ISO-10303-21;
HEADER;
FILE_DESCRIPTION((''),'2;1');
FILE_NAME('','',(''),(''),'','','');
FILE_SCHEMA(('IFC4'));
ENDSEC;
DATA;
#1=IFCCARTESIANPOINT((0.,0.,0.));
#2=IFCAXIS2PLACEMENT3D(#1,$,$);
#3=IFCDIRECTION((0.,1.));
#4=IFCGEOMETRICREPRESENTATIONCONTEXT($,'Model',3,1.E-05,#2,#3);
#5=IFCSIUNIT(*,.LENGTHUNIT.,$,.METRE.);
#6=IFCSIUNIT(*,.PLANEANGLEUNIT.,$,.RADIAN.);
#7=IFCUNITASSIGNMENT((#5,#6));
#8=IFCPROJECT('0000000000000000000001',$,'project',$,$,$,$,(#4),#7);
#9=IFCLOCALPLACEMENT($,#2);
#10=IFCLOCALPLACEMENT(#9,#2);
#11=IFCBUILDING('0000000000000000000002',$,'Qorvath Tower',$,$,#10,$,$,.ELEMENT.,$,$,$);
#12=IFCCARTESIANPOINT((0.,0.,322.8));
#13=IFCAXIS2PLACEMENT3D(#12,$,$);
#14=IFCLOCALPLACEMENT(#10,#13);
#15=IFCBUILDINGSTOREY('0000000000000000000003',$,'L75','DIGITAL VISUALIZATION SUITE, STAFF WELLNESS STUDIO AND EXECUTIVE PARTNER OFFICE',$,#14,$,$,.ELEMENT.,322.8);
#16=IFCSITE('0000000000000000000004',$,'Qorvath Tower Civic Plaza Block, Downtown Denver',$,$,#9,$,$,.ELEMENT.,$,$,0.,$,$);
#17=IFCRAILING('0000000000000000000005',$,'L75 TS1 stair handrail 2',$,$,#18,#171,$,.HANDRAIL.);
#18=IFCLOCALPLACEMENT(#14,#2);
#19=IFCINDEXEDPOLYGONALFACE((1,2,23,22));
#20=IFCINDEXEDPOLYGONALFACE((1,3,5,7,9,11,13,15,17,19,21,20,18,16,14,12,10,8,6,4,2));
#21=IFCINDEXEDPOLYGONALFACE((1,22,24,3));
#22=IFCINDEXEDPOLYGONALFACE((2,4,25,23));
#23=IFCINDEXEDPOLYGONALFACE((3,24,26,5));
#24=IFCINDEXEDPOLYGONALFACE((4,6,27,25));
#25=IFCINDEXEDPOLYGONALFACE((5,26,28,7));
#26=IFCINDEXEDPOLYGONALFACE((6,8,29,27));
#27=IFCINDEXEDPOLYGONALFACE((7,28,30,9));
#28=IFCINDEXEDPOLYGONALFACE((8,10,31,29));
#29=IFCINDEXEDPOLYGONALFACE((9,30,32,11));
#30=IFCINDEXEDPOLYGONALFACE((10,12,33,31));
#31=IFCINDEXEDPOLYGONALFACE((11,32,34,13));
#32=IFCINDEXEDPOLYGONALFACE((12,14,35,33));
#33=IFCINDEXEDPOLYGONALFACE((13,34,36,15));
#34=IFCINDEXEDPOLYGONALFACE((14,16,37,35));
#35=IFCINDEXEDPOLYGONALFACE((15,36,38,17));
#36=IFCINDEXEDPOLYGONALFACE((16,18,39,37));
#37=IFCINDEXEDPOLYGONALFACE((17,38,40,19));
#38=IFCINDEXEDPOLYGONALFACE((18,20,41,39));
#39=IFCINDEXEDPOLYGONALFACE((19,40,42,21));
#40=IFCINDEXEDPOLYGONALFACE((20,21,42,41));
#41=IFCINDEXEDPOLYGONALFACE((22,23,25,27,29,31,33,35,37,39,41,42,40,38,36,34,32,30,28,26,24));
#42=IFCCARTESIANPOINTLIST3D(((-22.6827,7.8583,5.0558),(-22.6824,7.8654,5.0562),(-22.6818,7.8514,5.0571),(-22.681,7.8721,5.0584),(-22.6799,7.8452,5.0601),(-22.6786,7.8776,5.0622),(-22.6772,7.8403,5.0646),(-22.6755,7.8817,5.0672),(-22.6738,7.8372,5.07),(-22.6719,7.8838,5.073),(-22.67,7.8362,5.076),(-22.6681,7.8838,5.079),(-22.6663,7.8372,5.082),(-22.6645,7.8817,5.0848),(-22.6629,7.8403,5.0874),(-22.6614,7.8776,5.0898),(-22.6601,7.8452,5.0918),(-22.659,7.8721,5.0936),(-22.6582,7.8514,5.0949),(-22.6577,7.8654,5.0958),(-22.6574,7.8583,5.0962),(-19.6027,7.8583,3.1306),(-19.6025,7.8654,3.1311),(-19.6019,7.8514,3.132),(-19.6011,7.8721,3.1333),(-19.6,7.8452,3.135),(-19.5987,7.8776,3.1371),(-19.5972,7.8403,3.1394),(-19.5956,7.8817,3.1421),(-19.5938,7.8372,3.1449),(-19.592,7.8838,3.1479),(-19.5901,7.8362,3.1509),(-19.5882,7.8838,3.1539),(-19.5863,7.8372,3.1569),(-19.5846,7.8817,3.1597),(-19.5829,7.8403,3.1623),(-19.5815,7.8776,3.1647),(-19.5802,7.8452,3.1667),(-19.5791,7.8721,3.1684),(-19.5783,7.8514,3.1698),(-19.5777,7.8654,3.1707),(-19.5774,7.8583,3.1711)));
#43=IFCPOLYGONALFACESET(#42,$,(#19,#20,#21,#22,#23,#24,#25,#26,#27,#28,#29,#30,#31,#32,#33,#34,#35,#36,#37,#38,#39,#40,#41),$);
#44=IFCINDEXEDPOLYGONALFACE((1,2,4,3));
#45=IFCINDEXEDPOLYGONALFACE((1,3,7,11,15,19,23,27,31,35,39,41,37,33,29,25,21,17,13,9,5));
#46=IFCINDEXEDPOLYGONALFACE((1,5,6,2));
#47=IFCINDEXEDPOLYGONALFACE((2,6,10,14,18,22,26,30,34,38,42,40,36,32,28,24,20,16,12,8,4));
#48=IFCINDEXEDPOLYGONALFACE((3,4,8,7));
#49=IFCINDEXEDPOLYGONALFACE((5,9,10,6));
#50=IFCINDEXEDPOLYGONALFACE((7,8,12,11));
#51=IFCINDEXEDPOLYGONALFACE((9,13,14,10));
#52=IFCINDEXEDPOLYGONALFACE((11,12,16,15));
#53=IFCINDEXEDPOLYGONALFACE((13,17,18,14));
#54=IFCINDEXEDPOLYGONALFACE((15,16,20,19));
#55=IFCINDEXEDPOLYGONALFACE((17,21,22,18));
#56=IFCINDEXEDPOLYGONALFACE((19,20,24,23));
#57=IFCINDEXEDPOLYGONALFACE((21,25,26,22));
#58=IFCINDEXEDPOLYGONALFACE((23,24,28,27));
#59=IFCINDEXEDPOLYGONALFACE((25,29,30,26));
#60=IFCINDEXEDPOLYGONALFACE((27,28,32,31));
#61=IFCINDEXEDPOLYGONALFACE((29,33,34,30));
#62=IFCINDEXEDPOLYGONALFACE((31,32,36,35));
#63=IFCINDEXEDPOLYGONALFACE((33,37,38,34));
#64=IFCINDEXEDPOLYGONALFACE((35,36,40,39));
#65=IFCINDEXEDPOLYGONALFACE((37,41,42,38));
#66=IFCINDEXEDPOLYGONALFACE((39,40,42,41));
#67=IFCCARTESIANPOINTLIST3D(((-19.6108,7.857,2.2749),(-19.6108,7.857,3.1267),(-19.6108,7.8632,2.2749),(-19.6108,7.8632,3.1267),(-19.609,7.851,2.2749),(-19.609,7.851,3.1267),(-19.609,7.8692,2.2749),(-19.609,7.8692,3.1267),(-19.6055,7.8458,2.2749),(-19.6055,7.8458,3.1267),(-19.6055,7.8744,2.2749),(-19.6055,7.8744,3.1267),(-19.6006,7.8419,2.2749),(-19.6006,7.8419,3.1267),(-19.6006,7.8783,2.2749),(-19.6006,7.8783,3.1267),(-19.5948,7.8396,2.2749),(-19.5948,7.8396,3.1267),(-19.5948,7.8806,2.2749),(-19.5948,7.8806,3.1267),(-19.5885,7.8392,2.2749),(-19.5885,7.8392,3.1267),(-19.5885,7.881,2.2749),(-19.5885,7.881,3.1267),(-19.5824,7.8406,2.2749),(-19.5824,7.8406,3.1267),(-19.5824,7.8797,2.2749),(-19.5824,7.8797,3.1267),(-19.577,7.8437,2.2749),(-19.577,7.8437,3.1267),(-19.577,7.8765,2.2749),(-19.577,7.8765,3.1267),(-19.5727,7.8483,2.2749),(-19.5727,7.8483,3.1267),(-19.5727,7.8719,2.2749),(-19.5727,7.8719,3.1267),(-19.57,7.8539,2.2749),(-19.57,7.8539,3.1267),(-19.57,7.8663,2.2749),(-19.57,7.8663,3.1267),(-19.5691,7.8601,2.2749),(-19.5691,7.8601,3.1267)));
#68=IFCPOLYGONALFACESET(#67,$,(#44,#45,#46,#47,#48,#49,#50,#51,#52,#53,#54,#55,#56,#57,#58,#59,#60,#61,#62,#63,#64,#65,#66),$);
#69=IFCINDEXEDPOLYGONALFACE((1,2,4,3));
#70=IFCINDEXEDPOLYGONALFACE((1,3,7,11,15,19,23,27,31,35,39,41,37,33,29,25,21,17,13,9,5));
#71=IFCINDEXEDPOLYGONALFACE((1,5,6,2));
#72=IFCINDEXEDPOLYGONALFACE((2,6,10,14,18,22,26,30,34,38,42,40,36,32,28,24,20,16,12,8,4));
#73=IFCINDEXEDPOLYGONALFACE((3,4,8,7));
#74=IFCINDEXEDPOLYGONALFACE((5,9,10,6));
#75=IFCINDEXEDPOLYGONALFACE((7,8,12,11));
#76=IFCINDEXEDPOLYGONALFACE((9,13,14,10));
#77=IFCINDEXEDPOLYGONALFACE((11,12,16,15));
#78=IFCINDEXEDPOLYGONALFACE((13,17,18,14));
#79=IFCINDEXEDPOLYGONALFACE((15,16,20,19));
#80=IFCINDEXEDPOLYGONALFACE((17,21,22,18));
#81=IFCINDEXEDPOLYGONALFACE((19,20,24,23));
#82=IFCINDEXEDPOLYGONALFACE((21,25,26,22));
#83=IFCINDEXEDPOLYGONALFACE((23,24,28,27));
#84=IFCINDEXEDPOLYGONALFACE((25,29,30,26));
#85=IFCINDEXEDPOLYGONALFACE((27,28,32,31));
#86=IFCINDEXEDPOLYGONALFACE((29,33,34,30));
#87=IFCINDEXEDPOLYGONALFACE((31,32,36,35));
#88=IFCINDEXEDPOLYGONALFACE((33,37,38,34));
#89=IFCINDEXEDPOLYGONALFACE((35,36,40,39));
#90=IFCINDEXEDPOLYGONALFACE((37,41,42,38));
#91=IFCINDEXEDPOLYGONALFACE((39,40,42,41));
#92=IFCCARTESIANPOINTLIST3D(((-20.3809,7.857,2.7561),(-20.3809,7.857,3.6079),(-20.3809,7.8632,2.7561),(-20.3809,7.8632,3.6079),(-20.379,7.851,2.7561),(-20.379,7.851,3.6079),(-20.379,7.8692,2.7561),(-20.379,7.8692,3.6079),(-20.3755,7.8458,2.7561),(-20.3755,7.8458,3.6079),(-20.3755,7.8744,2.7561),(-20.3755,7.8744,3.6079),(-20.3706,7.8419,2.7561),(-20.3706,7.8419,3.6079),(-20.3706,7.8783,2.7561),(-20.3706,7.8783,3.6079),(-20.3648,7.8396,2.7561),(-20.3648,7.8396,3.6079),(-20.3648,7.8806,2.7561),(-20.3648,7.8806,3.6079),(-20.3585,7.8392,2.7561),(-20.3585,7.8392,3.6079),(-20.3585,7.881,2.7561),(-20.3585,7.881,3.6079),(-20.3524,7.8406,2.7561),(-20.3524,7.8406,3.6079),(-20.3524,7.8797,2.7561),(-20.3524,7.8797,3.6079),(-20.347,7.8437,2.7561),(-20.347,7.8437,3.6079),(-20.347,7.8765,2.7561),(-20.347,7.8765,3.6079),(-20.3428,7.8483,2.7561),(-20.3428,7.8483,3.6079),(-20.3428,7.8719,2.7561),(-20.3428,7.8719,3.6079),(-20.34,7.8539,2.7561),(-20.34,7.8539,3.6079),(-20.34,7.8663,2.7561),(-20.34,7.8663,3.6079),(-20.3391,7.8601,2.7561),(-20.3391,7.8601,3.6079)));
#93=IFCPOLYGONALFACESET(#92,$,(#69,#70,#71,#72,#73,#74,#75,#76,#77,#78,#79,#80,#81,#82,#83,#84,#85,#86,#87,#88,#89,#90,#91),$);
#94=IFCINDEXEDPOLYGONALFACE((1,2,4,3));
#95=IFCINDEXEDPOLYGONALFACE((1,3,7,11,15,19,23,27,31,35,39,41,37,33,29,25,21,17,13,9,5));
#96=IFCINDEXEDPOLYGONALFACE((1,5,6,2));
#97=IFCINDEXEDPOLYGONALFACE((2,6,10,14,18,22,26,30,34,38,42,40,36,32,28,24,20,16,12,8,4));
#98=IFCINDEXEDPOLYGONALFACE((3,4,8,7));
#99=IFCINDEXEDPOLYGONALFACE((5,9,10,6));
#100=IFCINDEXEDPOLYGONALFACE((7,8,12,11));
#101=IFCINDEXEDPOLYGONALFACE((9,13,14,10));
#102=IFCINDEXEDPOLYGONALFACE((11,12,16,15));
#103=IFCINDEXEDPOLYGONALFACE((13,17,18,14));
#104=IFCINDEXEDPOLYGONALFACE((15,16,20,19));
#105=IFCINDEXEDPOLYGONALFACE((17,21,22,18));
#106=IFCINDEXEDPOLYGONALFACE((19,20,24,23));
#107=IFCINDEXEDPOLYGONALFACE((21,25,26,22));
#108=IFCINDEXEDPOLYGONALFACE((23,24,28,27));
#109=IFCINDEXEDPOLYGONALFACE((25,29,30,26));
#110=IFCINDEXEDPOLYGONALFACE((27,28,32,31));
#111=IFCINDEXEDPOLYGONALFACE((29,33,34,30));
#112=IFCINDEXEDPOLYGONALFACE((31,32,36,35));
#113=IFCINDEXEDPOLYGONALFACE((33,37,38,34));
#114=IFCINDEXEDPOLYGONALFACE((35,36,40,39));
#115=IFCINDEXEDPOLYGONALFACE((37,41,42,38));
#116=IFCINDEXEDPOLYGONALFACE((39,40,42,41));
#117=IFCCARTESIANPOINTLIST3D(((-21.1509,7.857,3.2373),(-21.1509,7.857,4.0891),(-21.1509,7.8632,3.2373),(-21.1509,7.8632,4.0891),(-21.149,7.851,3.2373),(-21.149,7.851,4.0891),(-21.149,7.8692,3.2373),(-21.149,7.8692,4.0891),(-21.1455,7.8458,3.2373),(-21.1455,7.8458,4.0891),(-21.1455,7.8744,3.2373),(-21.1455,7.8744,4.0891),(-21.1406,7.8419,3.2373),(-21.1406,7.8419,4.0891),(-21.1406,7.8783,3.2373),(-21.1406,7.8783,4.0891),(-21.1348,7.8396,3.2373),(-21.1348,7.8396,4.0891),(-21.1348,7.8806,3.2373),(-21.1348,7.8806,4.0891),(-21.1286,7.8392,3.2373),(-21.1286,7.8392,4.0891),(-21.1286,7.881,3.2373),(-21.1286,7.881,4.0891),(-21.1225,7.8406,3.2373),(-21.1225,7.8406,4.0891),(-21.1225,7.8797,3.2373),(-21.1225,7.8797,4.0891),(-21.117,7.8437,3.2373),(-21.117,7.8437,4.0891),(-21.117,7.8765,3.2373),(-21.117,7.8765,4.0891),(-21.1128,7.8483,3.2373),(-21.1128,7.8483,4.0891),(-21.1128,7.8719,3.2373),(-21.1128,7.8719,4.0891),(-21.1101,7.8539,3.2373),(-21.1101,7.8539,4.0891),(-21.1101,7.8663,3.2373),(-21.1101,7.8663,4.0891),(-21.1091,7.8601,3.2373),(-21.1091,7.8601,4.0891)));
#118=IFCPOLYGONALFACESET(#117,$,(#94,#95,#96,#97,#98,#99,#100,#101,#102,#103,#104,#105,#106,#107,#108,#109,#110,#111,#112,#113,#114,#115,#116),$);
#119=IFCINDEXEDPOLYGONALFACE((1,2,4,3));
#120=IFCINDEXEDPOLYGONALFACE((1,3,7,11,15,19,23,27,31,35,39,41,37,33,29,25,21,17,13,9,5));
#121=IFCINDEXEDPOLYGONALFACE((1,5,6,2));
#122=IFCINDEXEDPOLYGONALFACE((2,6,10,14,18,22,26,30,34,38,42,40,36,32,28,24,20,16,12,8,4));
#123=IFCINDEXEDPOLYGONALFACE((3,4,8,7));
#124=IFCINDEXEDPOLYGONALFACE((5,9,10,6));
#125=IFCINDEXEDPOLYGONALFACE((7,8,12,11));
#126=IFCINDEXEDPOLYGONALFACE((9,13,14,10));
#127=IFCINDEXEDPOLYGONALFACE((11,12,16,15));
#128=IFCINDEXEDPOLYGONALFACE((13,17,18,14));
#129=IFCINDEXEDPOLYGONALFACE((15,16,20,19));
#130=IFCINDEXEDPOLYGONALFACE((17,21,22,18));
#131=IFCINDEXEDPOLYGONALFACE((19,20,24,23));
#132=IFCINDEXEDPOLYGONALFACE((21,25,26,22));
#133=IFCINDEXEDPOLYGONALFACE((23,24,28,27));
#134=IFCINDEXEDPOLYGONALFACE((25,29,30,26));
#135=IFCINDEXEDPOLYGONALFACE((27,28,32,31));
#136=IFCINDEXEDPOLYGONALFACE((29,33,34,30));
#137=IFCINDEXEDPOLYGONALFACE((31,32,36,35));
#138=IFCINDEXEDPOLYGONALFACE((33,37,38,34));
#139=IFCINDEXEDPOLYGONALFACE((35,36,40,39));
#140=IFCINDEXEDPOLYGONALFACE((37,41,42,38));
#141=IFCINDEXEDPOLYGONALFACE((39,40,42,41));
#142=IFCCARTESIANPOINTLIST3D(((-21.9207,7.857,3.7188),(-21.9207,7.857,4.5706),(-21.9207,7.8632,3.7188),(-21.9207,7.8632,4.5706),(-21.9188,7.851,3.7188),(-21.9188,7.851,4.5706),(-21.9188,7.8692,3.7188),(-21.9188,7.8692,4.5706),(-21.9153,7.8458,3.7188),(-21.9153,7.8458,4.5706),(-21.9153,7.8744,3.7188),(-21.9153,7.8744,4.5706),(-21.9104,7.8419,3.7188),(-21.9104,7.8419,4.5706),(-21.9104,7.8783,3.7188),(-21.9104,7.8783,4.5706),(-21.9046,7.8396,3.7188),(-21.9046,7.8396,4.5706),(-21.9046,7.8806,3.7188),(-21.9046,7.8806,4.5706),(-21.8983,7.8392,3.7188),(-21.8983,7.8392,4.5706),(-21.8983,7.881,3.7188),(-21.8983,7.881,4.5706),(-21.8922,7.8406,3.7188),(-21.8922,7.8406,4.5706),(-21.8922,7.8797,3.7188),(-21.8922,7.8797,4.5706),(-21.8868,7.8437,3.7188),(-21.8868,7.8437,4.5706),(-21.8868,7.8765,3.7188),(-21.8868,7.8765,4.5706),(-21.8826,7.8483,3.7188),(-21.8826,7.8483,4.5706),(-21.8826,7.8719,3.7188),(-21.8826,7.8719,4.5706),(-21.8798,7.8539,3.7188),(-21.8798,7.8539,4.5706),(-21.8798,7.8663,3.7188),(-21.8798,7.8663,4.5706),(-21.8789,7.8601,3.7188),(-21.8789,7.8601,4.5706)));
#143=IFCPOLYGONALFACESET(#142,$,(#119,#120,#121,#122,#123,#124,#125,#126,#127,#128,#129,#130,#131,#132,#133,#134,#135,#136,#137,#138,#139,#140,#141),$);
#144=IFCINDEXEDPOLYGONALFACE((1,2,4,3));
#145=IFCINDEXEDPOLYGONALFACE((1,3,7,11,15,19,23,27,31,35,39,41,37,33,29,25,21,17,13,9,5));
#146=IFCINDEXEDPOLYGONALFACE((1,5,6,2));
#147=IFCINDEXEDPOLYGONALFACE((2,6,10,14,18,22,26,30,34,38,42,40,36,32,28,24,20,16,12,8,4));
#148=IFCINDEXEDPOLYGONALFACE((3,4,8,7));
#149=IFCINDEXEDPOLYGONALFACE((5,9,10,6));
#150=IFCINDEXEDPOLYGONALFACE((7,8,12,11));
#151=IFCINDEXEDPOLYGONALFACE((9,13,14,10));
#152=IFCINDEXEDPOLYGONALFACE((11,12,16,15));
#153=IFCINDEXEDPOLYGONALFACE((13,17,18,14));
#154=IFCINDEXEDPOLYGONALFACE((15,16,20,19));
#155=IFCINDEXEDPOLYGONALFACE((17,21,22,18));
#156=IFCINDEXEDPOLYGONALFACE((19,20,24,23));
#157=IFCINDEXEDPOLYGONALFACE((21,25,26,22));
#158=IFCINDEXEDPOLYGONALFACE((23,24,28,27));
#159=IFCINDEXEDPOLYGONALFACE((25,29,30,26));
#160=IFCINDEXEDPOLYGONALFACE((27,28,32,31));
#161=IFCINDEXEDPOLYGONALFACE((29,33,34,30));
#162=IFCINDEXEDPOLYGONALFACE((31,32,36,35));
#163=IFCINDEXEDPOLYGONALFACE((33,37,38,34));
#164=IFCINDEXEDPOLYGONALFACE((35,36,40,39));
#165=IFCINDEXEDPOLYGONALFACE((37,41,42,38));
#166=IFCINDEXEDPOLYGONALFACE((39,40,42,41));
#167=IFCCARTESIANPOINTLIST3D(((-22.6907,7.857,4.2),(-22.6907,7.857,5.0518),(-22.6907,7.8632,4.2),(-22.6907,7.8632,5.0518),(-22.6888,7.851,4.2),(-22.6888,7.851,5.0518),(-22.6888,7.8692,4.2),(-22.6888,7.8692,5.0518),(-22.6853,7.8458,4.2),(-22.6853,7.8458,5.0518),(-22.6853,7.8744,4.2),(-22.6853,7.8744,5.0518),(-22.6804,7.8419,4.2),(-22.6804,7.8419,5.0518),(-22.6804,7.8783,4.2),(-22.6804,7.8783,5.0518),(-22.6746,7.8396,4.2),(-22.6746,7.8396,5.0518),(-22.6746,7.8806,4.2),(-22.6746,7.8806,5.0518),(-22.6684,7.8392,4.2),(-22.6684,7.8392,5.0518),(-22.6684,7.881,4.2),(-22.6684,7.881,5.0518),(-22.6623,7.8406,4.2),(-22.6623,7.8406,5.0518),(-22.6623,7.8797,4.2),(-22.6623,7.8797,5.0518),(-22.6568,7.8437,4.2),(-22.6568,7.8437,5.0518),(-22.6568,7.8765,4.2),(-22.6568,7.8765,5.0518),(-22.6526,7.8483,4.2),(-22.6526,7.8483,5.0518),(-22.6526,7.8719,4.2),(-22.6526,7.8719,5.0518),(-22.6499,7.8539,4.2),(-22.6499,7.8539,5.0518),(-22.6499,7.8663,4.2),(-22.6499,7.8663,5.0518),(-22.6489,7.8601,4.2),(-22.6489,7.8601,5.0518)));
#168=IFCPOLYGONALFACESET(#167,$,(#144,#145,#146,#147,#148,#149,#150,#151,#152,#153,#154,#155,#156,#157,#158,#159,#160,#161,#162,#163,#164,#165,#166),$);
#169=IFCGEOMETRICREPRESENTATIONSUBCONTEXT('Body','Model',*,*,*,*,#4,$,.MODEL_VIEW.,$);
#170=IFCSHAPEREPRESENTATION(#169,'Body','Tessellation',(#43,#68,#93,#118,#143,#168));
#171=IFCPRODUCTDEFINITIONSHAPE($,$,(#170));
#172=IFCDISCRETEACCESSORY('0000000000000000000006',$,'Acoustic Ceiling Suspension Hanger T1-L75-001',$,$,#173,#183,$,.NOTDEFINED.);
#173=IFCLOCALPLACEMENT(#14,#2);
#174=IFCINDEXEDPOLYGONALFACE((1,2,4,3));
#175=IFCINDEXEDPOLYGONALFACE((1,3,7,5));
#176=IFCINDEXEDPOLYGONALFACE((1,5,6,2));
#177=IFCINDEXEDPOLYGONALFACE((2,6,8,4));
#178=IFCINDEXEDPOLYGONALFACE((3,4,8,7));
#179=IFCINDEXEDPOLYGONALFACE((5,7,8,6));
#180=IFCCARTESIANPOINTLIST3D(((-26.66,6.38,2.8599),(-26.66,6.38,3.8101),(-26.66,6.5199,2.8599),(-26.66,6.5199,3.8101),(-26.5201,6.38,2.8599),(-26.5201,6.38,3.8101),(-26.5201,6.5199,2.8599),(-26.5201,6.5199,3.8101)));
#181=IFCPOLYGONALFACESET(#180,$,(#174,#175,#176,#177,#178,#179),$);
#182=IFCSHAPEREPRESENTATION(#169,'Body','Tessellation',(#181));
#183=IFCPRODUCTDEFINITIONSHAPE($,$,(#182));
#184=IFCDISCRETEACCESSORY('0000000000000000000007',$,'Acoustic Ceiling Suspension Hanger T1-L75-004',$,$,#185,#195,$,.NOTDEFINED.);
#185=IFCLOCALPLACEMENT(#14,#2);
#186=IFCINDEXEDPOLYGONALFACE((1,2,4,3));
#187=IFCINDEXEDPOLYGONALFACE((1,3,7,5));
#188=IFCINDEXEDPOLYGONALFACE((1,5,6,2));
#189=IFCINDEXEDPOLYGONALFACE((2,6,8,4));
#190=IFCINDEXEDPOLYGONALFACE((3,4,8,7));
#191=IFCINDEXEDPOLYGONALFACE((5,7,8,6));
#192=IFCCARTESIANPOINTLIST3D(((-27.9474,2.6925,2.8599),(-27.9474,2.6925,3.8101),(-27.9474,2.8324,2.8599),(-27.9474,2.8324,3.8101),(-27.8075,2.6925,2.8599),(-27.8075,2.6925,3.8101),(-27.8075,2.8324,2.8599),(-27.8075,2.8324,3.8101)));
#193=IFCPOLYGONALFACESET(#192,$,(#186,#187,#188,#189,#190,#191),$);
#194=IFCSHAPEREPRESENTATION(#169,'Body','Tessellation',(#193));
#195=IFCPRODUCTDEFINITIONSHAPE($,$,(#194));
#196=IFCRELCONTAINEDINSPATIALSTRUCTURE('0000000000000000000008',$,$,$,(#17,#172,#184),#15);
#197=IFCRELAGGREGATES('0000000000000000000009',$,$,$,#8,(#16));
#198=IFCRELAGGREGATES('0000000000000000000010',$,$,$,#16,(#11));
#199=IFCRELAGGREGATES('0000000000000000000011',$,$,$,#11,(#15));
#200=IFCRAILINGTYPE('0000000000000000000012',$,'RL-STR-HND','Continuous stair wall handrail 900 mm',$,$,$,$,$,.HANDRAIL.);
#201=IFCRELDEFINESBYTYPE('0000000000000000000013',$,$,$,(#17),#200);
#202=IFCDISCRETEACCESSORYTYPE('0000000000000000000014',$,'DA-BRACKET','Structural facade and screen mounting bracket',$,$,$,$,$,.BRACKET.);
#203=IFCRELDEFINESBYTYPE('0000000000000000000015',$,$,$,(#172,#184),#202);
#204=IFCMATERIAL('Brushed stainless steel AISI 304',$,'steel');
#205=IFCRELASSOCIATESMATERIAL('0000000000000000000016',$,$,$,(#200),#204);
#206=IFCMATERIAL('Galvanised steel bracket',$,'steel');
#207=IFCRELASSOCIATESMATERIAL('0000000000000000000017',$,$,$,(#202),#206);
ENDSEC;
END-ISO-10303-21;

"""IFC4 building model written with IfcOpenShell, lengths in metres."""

from ifc_helpers import new_model, si_unit, direction, frame, origin, origin_2d, place, context, subcontext, project, spatial, rectangle, circle, extrude, material, type_object, element, save


model = new_model("IFC4")

# Units and contexts
model_context = context("Model", 3, precision=1e-05, world=origin(), true_north=direction((0.0, 1.0)))
body_context = subcontext(model_context, "Body", "Model", "MODEL_VIEW")
ifc_project = project(units=[si_unit("LENGTHUNIT", "METRE"), si_unit("PLANEANGLEUNIT", "RADIAN")], contexts=[model_context])

# Site, building, storey
site_placement = place(None, origin())
site = spatial("IfcSite", under=ifc_project, at=site_placement, Name="Qorvath Tower Civic Plaza Block, Downtown Denver", CompositionType="ELEMENT", RefElevation=0.0)
building_placement = place(site_placement, origin())
building = spatial("IfcBuilding", under=site, at=building_placement, Name="Qorvath Tower", CompositionType="ELEMENT")
storey_placement = place(building_placement, frame((0.0, 0.0, 322.8)))
storey = spatial("IfcBuildingStorey", under=building, at=storey_placement, Name="L75", Description="DIGITAL VISUALIZATION SUITE, STAFF WELLNESS STUDIO AND EXECUTIVE PARTNER OFFICE", CompositionType="ELEMENT", Elevation=322.8)

# Railing
ifc_material_1 = material(Name="Brushed stainless steel AISI 304", Category="steel")
railing_type_1 = type_object("IfcRailingType", Name="RL-STR-HND", Description="Continuous stair wall handrail 900 mm", PredefinedType="HANDRAIL", material=ifc_material_1)
railing_1_placement = place(storey_placement, frame((-19.5901, 7.8601, 2.2749)))
element("IfcRailing", 1, at=railing_1_placement, inside=storey, type_object=railing_type_1, Name="L75 TS1 stair handrail 2", PredefinedType="HANDRAIL", context=body_context, shape_type="SweptSolid", body=[
    extrude(circle(Radius=0.0239, at=origin_2d()), frame((0.0, 0.0, 0.876), z_axis=(-0.847979, 0.0, 0.530029), x_axis=(0.0, -1.0, 0.0)), (0.0, 0.0, 1.0), 3.6321),
    extrude(circle(Radius=0.021, at=origin_2d()), origin(), (0.0, 0.0, 1.0), 0.8518),
    extrude(circle(Radius=0.021, at=origin_2d()), frame((-0.77, 0.0, 0.4812)), (0.0, 0.0, 1.0), 0.8518),
    extrude(circle(Radius=0.021, at=origin_2d()), frame((-1.54, 0.0, 0.9624)), (0.0, 0.0, 1.0), 0.8518),
    extrude(circle(Radius=0.021, at=origin_2d()), frame((-2.3098, 0.0, 1.4438)), (0.0, 0.0, 1.0), 0.8518),
    extrude(circle(Radius=0.021, at=origin_2d()), frame((-3.0798, 0.0, 1.925)), (0.0, 0.0, 1.0), 0.8518),
])

# Discrete accessories
ifc_material_2 = material(Name="Galvanised steel bracket", Category="steel")
discrete_accessory_type = type_object("IfcDiscreteAccessoryType", Name="DA-BRACKET", Description="Structural facade and screen mounting bracket", PredefinedType="BRACKET", material=ifc_material_2)
for number, where, z_axis, x_axis, name in (
    (2, (-26.5901, 6.45, 2.8599), (0.0, 0.0, 1.0), (1.0, 0.0, 0.0), "Acoustic Ceiling Suspension Hanger T1-L75-001"),
    (3, (-27.8774, 2.7625, 2.8599), (0.0, 0.0, 1.0), (1.0, 0.0, 0.0), "Acoustic Ceiling Suspension Hanger T1-L75-004"),
):
    element("IfcDiscreteAccessory", number, at=place(storey_placement, frame(where, z_axis=z_axis, x_axis=x_axis)), inside=storey, type_object=discrete_accessory_type, Name=name, PredefinedType="NOTDEFINED", context=body_context, shape_type="SweptSolid", body=[
        extrude(rectangle(XDim=0.1399, YDim=0.1399, at=origin_2d()), origin(), (0.0, 0.0, 1.0), 0.9502),
    ])

save(model, "model.ifc")
